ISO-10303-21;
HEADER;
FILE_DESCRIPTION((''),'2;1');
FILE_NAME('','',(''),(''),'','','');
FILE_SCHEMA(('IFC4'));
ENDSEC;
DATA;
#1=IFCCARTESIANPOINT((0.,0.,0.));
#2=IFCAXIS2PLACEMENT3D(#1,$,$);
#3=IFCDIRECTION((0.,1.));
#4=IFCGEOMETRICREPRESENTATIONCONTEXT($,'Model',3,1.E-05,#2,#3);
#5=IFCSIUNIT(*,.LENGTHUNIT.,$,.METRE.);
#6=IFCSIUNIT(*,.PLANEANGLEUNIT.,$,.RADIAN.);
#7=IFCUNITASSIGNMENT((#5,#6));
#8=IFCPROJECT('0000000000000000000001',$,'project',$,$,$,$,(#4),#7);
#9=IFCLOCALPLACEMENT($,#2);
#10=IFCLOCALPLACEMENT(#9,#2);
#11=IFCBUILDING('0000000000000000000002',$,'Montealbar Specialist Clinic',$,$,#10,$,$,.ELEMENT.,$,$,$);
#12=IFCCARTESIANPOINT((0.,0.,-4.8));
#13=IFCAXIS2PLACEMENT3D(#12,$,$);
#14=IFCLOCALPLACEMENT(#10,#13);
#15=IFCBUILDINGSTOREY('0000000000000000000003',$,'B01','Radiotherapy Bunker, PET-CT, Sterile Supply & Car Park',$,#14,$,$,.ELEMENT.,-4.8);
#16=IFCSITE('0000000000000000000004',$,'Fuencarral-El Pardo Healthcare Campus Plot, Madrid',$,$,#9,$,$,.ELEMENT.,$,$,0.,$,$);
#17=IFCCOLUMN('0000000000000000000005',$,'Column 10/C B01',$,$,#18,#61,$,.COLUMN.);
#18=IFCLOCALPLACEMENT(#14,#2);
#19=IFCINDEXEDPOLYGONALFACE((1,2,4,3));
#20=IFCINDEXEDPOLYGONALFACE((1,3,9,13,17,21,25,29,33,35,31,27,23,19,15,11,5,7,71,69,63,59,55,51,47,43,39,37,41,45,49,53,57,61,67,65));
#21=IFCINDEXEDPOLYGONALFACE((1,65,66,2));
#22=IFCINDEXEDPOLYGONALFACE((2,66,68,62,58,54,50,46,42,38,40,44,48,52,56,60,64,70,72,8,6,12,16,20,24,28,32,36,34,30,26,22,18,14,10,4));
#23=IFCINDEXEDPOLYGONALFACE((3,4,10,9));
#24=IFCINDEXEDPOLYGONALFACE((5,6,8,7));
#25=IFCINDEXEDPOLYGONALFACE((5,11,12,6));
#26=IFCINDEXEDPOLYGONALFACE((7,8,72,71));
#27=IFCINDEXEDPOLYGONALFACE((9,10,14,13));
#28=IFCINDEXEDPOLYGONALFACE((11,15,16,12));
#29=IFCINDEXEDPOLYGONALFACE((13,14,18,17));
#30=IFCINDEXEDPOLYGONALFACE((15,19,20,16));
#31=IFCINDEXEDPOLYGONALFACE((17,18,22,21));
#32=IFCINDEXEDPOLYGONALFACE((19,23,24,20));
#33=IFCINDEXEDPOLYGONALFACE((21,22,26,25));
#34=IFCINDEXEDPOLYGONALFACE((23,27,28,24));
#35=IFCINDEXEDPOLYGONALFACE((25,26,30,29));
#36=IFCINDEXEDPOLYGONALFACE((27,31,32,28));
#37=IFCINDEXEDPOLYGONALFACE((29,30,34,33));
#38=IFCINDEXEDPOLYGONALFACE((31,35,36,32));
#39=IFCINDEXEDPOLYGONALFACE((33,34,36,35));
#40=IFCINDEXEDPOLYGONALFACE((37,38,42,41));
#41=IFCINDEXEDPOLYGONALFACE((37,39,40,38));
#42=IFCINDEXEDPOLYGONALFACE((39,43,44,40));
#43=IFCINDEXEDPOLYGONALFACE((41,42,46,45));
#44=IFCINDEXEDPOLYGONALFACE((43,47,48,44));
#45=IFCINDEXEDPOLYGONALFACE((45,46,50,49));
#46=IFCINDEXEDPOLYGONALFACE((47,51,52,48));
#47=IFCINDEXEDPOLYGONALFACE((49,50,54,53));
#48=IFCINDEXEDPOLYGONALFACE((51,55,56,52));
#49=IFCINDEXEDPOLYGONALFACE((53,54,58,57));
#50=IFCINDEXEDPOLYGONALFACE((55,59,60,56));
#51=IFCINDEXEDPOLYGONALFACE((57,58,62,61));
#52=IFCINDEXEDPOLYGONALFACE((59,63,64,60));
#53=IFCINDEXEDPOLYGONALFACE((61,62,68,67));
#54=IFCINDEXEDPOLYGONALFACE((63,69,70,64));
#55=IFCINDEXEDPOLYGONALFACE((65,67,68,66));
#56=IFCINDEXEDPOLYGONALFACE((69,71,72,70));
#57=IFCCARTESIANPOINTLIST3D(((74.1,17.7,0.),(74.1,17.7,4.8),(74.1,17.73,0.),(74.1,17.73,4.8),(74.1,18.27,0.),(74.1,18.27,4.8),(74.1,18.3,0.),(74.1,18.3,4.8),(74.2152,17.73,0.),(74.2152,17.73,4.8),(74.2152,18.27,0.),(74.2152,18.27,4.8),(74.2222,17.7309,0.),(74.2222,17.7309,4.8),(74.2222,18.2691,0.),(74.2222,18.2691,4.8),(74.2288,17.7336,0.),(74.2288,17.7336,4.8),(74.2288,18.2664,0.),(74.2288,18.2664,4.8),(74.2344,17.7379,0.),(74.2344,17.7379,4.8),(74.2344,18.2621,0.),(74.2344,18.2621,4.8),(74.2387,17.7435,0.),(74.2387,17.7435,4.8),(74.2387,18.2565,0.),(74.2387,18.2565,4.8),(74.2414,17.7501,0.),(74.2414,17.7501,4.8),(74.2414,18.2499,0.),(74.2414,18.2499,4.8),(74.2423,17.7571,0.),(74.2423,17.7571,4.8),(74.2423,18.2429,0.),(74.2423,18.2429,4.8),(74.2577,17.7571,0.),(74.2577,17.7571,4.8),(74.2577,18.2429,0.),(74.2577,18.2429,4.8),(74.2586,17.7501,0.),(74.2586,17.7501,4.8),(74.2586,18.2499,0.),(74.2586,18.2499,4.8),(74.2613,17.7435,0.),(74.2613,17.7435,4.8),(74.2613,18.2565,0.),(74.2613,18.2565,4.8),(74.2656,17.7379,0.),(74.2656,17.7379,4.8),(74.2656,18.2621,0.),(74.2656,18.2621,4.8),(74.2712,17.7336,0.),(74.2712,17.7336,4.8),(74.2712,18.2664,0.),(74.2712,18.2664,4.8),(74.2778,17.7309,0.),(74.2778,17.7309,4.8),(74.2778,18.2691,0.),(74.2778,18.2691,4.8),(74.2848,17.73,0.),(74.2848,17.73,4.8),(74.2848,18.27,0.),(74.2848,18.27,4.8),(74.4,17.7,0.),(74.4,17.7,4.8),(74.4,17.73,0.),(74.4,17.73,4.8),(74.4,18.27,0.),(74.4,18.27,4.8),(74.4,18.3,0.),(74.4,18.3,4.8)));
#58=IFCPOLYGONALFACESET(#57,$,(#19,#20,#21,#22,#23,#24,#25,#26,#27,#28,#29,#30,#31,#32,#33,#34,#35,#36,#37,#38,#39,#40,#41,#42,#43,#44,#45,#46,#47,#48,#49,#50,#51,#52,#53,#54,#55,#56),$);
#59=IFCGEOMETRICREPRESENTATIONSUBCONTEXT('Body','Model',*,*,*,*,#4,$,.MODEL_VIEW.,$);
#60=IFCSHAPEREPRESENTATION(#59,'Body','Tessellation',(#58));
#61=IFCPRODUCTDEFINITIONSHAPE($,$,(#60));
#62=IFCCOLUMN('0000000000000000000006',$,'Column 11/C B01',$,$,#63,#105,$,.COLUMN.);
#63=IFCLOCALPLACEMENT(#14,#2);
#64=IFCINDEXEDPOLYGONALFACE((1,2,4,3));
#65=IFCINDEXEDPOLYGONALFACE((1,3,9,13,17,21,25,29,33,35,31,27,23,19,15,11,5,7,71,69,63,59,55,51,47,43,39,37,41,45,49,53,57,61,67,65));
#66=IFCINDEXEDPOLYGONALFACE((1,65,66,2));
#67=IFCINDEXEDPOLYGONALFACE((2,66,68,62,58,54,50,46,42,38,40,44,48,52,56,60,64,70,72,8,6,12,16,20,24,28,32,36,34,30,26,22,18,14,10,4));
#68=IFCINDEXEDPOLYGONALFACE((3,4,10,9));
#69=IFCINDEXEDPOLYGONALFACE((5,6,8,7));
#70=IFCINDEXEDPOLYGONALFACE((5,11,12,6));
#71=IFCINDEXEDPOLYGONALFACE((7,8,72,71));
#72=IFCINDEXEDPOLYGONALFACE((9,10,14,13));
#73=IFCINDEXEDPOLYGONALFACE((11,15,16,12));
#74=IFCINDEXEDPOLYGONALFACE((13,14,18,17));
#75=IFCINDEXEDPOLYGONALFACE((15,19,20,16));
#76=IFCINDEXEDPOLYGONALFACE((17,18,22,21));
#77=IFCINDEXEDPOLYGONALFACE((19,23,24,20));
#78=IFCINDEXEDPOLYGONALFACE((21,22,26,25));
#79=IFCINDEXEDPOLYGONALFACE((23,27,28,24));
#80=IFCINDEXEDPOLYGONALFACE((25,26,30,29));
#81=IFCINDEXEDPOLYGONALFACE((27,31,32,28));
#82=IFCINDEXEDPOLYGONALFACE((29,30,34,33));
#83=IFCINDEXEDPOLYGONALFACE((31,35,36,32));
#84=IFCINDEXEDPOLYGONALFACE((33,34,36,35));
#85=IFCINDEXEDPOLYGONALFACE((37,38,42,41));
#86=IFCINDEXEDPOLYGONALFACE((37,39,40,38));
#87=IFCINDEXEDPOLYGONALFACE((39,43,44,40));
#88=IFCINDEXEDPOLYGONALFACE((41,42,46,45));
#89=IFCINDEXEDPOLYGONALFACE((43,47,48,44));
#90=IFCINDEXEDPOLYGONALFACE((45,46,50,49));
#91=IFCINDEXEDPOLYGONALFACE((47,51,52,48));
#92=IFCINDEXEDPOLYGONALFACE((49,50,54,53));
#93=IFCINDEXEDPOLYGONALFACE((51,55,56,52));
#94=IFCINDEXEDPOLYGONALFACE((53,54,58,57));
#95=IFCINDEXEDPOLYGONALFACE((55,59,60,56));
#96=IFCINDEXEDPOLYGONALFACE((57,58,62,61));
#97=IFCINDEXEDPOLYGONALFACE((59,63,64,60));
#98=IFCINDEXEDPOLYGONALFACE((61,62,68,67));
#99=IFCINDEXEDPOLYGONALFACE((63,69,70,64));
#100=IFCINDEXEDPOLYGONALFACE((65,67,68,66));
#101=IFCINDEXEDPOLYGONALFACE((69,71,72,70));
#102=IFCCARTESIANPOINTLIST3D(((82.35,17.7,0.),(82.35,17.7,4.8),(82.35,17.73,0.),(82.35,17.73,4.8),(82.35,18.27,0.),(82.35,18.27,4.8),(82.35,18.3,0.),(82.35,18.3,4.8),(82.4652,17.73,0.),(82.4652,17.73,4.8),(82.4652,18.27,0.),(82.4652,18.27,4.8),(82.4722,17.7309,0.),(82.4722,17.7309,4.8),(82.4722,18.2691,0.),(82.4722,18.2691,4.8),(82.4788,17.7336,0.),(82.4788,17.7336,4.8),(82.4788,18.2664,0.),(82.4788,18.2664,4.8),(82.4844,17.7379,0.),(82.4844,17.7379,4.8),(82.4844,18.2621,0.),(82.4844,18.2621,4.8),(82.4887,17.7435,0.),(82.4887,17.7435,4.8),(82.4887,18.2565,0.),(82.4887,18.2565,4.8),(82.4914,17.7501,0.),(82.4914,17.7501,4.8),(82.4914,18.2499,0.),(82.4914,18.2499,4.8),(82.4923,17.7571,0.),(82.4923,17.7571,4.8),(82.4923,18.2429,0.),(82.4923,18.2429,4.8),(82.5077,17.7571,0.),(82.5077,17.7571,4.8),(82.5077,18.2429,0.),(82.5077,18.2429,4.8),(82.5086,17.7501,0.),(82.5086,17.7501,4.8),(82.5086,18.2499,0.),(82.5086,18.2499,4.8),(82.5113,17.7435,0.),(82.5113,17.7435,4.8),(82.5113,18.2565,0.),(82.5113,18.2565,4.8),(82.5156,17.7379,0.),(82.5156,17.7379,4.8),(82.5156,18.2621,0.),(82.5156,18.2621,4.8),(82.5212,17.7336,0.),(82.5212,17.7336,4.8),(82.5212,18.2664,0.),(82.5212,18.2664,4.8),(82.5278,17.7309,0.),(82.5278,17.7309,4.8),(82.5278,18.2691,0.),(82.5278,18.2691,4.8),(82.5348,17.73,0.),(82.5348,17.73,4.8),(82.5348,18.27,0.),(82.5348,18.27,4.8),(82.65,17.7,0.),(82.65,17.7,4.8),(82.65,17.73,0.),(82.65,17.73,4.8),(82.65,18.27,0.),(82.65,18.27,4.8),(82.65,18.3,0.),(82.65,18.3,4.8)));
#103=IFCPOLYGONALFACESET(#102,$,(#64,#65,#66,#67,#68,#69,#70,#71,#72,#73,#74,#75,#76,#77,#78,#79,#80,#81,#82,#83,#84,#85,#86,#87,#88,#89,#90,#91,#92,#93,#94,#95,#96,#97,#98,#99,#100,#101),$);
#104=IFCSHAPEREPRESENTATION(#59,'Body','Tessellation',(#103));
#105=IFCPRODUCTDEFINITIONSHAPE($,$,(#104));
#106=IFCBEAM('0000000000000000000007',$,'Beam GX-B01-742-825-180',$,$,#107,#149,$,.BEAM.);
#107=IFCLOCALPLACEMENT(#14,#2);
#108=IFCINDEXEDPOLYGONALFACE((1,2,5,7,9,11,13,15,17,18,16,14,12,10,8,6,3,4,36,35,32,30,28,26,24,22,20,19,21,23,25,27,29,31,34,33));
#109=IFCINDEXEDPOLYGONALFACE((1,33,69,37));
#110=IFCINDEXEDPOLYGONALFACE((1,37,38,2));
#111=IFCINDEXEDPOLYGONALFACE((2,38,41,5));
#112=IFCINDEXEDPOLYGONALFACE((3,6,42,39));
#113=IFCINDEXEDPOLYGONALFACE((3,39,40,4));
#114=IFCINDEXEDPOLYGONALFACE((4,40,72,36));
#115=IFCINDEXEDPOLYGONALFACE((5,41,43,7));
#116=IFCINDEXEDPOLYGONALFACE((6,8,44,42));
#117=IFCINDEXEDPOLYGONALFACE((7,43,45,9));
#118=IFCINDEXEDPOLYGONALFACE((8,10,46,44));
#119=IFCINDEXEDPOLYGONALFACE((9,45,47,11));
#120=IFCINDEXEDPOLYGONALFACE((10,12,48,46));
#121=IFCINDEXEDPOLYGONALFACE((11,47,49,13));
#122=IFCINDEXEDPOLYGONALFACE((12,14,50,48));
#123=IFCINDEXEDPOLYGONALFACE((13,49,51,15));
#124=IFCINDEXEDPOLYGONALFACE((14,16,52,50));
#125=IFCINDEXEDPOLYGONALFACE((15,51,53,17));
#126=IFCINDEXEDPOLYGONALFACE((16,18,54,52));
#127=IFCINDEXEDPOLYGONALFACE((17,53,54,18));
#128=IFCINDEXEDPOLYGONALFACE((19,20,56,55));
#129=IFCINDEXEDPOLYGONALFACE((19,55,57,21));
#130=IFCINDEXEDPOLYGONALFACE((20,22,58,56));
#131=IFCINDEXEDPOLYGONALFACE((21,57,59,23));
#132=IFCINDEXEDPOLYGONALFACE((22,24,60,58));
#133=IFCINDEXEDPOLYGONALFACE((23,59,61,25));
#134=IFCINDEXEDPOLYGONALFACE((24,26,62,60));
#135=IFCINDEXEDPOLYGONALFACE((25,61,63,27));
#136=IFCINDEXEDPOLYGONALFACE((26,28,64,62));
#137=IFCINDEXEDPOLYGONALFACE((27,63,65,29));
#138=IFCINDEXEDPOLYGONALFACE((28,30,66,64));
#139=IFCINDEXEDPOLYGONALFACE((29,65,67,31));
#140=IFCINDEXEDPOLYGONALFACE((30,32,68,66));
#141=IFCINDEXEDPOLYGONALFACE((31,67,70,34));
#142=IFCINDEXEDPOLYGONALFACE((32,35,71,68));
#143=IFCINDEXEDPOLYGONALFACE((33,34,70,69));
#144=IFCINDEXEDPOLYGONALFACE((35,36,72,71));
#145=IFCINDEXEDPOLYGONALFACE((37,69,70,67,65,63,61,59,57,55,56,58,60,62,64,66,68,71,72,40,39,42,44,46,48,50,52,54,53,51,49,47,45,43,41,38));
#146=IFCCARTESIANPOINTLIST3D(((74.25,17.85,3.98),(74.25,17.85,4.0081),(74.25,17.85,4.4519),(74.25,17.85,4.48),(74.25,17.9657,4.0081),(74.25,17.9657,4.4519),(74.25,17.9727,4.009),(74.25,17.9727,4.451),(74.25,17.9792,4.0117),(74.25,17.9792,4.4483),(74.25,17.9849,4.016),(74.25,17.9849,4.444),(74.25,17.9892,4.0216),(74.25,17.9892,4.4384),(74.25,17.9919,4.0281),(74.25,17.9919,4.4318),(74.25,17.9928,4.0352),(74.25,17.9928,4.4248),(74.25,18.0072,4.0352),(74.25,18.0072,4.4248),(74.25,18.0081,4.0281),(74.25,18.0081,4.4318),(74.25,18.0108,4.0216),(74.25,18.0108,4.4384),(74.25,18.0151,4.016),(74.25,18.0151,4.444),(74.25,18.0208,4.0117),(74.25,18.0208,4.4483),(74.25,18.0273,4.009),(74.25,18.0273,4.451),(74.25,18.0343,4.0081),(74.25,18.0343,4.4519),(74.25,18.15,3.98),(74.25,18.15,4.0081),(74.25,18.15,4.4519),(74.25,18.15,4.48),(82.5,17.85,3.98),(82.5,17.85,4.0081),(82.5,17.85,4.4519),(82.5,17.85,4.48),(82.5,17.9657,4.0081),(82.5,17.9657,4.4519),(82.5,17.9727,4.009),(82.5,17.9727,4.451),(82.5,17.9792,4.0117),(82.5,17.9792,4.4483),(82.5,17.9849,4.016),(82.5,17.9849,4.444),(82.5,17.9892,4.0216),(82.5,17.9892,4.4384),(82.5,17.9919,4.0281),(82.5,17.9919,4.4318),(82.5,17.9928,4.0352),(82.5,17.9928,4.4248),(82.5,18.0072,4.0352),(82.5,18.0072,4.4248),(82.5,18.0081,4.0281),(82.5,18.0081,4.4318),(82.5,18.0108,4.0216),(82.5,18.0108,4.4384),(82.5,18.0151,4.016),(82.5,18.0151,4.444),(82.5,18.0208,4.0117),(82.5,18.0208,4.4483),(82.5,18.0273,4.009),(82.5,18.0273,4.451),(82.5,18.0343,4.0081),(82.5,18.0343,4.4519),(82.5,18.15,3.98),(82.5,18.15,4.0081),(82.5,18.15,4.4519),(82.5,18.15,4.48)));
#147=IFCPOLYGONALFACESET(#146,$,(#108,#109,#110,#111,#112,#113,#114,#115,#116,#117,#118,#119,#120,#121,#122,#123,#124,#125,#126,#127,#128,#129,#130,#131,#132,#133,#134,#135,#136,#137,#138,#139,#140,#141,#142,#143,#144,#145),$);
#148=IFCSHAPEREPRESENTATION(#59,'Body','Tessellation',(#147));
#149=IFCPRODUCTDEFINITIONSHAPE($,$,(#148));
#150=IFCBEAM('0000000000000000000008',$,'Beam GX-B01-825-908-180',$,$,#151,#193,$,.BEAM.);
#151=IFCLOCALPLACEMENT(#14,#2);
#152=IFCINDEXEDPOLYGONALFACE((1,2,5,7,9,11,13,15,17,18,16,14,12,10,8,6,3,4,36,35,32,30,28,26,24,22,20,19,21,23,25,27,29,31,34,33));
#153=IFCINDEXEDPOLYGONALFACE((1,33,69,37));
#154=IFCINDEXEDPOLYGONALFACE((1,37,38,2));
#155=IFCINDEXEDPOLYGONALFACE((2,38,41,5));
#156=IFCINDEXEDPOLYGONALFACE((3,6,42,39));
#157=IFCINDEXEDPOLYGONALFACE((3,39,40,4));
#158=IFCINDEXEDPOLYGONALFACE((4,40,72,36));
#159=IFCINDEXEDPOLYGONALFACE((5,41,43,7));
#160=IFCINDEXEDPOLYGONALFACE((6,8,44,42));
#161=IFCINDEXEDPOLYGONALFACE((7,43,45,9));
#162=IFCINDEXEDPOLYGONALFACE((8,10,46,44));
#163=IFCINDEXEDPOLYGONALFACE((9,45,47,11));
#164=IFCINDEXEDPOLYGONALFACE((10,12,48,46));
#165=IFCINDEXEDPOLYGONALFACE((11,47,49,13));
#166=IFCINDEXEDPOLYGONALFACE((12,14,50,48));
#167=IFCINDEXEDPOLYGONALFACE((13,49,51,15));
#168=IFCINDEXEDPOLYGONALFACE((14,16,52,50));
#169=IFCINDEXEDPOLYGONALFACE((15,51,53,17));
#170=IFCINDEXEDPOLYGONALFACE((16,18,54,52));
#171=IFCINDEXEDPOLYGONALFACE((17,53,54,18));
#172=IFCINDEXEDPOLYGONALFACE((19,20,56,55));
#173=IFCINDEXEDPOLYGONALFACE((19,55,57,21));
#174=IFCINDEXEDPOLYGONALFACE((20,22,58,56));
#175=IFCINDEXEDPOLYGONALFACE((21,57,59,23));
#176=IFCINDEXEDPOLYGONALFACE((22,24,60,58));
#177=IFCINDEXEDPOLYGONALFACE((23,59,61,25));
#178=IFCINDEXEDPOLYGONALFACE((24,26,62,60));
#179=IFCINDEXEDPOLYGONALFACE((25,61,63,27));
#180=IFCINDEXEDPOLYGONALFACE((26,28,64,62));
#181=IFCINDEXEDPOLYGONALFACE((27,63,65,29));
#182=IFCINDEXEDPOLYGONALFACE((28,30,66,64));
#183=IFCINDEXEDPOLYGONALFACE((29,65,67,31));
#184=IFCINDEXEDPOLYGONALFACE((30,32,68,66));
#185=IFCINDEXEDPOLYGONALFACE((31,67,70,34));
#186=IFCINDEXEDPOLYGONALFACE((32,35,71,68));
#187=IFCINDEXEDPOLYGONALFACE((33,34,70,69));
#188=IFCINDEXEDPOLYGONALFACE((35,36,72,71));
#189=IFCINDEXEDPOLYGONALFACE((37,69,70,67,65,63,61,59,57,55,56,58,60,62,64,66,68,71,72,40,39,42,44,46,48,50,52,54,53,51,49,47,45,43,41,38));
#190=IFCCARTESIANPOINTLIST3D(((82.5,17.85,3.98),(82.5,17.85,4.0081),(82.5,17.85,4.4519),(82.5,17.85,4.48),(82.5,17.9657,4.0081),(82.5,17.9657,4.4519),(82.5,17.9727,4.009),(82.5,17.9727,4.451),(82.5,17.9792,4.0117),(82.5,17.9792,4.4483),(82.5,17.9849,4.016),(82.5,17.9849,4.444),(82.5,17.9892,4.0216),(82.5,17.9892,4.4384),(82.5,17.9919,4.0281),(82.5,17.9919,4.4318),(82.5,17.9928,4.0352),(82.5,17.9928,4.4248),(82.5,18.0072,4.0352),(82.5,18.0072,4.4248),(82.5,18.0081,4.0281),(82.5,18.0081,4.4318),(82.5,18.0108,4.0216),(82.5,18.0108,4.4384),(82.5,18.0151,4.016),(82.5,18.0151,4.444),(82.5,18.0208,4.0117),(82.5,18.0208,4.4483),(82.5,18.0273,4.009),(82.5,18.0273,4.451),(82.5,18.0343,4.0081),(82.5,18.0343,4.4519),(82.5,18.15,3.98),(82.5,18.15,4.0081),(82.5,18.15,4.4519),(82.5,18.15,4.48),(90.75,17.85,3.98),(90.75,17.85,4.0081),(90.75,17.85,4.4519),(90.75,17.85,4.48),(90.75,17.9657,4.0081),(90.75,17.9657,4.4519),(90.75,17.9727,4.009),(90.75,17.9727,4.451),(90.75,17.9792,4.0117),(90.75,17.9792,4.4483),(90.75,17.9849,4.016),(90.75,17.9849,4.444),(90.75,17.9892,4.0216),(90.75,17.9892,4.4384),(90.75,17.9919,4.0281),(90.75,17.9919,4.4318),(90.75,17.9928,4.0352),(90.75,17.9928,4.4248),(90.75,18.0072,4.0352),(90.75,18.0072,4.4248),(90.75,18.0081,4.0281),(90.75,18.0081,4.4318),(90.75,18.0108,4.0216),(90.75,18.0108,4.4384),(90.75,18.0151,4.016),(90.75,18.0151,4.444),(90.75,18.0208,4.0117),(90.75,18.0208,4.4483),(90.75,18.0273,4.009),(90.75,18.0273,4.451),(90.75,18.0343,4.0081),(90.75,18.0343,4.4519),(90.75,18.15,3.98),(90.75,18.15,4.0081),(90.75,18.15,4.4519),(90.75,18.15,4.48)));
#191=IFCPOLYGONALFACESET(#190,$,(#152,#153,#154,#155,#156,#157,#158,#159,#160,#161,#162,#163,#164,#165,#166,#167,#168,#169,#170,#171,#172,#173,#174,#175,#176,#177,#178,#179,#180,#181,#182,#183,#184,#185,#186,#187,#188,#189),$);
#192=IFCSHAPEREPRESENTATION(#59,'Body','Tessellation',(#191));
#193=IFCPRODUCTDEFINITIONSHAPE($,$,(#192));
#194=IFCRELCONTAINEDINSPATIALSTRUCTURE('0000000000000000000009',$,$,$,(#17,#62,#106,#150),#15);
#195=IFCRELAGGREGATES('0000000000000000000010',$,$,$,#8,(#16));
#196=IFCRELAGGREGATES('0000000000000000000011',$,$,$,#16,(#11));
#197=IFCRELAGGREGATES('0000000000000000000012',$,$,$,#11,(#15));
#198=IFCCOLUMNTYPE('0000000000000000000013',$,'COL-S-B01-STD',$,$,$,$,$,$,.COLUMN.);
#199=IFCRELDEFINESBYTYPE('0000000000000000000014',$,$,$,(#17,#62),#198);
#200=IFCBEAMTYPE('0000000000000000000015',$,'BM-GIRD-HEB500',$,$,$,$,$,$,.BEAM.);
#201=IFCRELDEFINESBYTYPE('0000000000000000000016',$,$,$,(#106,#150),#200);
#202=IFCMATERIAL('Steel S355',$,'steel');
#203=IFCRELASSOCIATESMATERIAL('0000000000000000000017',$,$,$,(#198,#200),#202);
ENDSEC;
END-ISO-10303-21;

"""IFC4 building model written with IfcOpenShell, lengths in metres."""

from ifc_helpers import new_model, si_unit, direction, frame, origin, origin_2d, place, context, subcontext, project, spatial, i_section, extrude, material, material_profile, profile_set, type_object, element, save


model = new_model("IFC4")

# Units and contexts
model_context = context("Model", 3, precision=1e-05, world=origin(), true_north=direction((0.0, 1.0)))
body_context = subcontext(model_context, "Body", "Model", "MODEL_VIEW")
ifc_project = project(units=[si_unit("LENGTHUNIT", "METRE"), si_unit("PLANEANGLEUNIT", "RADIAN")], contexts=[model_context])

# Site, building, storey
site_placement = place(None, origin())
site = spatial("IfcSite", under=ifc_project, at=site_placement, Name="Fuencarral-El Pardo Healthcare Campus Plot, Madrid", CompositionType="ELEMENT", RefElevation=0.0)
building_placement = place(site_placement, origin())
building = spatial("IfcBuilding", under=site, at=building_placement, Name="Montealbar Specialist Clinic", CompositionType="ELEMENT")
storey_placement = place(building_placement, frame((0.0, 0.0, -4.8)))
storey = spatial("IfcBuildingStorey", under=building, at=storey_placement, Name="B01", Description="Radiotherapy Bunker, PET-CT, Sterile Supply & Car Park", CompositionType="ELEMENT", Elevation=-4.8)

# Columns
ifc_material_1 = material(Name="Steel S355", Category="steel")
ifc_material_profile_1 = material_profile(ifc_material_1, i_section(OverallWidth=0.3, OverallDepth=0.6001, WebThickness=0.0154, FlangeThickness=0.03, FilletRadius=0.0271, at=origin_2d()), Name="HEB 600", Category="steel")
ifc_profile_set_1 = profile_set([ifc_material_profile_1], Name="Steel S355")
column_type = type_object("IfcColumnType", Name="COL-S-B01-STD", PredefinedType="COLUMN", material=ifc_profile_set_1)
for number, where, z_axis, x_axis, name in (
    (1, (74.25, 18.0, 0.0), (0.0, 0.0, 1.0), (1.0, 0.0, 0.0), "Column 10/C B01"),
    (2, (82.5, 18.0, 0.0), (0.0, 0.0, 1.0), (1.0, 0.0, 0.0), "Column 11/C B01"),
):
    element("IfcColumn", number, at=place(storey_placement, frame(where, z_axis=z_axis, x_axis=x_axis)), inside=storey, type_object=column_type, Name=name, PredefinedType="COLUMN", context=body_context, shape_type="SweptSolid", body=[
        extrude(i_section(OverallWidth=0.3, OverallDepth=0.6001, WebThickness=0.0154, FlangeThickness=0.03, FilletRadius=0.0271, at=origin_2d()), origin(), (0.0, 0.0, 1.0), 4.8),
    ])

# Beams
ifc_material_profile_2 = material_profile(ifc_material_1, i_section(OverallWidth=0.3, OverallDepth=0.5, WebThickness=0.0144, FlangeThickness=0.0281, FilletRadius=0.0271, at=origin_2d()), Name="HEB 500", Category="steel")
ifc_profile_set_2 = profile_set([ifc_material_profile_2], Name="Steel S355")
beam_type_1 = type_object("IfcBeamType", Name="BM-GIRD-HEB500", PredefinedType="BEAM", material=ifc_profile_set_2)
for number, where, z_axis, x_axis, name in (
    (3, (74.25, 18.0, 4.23), (1.0, 0.0, 0.0), (0.0, 1.0, 0.0), "Beam GX-B01-742-825-180"),
    (4, (82.5, 18.0, 4.23), (1.0, 0.0, 0.0), (0.0, 1.0, 0.0), "Beam GX-B01-825-908-180"),
):
    element("IfcBeam", number, at=place(storey_placement, frame(where, z_axis=z_axis, x_axis=x_axis)), inside=storey, type_object=beam_type_1, Name=name, PredefinedType="BEAM", context=body_context, shape_type="SweptSolid", body=[
        extrude(i_section(OverallWidth=0.3, OverallDepth=0.5, WebThickness=0.0144, FlangeThickness=0.0281, FilletRadius=0.0271, at=origin_2d()), origin(), (0.0, 0.0, 1.0), 8.25),
    ])

save(model, "model.ifc")
